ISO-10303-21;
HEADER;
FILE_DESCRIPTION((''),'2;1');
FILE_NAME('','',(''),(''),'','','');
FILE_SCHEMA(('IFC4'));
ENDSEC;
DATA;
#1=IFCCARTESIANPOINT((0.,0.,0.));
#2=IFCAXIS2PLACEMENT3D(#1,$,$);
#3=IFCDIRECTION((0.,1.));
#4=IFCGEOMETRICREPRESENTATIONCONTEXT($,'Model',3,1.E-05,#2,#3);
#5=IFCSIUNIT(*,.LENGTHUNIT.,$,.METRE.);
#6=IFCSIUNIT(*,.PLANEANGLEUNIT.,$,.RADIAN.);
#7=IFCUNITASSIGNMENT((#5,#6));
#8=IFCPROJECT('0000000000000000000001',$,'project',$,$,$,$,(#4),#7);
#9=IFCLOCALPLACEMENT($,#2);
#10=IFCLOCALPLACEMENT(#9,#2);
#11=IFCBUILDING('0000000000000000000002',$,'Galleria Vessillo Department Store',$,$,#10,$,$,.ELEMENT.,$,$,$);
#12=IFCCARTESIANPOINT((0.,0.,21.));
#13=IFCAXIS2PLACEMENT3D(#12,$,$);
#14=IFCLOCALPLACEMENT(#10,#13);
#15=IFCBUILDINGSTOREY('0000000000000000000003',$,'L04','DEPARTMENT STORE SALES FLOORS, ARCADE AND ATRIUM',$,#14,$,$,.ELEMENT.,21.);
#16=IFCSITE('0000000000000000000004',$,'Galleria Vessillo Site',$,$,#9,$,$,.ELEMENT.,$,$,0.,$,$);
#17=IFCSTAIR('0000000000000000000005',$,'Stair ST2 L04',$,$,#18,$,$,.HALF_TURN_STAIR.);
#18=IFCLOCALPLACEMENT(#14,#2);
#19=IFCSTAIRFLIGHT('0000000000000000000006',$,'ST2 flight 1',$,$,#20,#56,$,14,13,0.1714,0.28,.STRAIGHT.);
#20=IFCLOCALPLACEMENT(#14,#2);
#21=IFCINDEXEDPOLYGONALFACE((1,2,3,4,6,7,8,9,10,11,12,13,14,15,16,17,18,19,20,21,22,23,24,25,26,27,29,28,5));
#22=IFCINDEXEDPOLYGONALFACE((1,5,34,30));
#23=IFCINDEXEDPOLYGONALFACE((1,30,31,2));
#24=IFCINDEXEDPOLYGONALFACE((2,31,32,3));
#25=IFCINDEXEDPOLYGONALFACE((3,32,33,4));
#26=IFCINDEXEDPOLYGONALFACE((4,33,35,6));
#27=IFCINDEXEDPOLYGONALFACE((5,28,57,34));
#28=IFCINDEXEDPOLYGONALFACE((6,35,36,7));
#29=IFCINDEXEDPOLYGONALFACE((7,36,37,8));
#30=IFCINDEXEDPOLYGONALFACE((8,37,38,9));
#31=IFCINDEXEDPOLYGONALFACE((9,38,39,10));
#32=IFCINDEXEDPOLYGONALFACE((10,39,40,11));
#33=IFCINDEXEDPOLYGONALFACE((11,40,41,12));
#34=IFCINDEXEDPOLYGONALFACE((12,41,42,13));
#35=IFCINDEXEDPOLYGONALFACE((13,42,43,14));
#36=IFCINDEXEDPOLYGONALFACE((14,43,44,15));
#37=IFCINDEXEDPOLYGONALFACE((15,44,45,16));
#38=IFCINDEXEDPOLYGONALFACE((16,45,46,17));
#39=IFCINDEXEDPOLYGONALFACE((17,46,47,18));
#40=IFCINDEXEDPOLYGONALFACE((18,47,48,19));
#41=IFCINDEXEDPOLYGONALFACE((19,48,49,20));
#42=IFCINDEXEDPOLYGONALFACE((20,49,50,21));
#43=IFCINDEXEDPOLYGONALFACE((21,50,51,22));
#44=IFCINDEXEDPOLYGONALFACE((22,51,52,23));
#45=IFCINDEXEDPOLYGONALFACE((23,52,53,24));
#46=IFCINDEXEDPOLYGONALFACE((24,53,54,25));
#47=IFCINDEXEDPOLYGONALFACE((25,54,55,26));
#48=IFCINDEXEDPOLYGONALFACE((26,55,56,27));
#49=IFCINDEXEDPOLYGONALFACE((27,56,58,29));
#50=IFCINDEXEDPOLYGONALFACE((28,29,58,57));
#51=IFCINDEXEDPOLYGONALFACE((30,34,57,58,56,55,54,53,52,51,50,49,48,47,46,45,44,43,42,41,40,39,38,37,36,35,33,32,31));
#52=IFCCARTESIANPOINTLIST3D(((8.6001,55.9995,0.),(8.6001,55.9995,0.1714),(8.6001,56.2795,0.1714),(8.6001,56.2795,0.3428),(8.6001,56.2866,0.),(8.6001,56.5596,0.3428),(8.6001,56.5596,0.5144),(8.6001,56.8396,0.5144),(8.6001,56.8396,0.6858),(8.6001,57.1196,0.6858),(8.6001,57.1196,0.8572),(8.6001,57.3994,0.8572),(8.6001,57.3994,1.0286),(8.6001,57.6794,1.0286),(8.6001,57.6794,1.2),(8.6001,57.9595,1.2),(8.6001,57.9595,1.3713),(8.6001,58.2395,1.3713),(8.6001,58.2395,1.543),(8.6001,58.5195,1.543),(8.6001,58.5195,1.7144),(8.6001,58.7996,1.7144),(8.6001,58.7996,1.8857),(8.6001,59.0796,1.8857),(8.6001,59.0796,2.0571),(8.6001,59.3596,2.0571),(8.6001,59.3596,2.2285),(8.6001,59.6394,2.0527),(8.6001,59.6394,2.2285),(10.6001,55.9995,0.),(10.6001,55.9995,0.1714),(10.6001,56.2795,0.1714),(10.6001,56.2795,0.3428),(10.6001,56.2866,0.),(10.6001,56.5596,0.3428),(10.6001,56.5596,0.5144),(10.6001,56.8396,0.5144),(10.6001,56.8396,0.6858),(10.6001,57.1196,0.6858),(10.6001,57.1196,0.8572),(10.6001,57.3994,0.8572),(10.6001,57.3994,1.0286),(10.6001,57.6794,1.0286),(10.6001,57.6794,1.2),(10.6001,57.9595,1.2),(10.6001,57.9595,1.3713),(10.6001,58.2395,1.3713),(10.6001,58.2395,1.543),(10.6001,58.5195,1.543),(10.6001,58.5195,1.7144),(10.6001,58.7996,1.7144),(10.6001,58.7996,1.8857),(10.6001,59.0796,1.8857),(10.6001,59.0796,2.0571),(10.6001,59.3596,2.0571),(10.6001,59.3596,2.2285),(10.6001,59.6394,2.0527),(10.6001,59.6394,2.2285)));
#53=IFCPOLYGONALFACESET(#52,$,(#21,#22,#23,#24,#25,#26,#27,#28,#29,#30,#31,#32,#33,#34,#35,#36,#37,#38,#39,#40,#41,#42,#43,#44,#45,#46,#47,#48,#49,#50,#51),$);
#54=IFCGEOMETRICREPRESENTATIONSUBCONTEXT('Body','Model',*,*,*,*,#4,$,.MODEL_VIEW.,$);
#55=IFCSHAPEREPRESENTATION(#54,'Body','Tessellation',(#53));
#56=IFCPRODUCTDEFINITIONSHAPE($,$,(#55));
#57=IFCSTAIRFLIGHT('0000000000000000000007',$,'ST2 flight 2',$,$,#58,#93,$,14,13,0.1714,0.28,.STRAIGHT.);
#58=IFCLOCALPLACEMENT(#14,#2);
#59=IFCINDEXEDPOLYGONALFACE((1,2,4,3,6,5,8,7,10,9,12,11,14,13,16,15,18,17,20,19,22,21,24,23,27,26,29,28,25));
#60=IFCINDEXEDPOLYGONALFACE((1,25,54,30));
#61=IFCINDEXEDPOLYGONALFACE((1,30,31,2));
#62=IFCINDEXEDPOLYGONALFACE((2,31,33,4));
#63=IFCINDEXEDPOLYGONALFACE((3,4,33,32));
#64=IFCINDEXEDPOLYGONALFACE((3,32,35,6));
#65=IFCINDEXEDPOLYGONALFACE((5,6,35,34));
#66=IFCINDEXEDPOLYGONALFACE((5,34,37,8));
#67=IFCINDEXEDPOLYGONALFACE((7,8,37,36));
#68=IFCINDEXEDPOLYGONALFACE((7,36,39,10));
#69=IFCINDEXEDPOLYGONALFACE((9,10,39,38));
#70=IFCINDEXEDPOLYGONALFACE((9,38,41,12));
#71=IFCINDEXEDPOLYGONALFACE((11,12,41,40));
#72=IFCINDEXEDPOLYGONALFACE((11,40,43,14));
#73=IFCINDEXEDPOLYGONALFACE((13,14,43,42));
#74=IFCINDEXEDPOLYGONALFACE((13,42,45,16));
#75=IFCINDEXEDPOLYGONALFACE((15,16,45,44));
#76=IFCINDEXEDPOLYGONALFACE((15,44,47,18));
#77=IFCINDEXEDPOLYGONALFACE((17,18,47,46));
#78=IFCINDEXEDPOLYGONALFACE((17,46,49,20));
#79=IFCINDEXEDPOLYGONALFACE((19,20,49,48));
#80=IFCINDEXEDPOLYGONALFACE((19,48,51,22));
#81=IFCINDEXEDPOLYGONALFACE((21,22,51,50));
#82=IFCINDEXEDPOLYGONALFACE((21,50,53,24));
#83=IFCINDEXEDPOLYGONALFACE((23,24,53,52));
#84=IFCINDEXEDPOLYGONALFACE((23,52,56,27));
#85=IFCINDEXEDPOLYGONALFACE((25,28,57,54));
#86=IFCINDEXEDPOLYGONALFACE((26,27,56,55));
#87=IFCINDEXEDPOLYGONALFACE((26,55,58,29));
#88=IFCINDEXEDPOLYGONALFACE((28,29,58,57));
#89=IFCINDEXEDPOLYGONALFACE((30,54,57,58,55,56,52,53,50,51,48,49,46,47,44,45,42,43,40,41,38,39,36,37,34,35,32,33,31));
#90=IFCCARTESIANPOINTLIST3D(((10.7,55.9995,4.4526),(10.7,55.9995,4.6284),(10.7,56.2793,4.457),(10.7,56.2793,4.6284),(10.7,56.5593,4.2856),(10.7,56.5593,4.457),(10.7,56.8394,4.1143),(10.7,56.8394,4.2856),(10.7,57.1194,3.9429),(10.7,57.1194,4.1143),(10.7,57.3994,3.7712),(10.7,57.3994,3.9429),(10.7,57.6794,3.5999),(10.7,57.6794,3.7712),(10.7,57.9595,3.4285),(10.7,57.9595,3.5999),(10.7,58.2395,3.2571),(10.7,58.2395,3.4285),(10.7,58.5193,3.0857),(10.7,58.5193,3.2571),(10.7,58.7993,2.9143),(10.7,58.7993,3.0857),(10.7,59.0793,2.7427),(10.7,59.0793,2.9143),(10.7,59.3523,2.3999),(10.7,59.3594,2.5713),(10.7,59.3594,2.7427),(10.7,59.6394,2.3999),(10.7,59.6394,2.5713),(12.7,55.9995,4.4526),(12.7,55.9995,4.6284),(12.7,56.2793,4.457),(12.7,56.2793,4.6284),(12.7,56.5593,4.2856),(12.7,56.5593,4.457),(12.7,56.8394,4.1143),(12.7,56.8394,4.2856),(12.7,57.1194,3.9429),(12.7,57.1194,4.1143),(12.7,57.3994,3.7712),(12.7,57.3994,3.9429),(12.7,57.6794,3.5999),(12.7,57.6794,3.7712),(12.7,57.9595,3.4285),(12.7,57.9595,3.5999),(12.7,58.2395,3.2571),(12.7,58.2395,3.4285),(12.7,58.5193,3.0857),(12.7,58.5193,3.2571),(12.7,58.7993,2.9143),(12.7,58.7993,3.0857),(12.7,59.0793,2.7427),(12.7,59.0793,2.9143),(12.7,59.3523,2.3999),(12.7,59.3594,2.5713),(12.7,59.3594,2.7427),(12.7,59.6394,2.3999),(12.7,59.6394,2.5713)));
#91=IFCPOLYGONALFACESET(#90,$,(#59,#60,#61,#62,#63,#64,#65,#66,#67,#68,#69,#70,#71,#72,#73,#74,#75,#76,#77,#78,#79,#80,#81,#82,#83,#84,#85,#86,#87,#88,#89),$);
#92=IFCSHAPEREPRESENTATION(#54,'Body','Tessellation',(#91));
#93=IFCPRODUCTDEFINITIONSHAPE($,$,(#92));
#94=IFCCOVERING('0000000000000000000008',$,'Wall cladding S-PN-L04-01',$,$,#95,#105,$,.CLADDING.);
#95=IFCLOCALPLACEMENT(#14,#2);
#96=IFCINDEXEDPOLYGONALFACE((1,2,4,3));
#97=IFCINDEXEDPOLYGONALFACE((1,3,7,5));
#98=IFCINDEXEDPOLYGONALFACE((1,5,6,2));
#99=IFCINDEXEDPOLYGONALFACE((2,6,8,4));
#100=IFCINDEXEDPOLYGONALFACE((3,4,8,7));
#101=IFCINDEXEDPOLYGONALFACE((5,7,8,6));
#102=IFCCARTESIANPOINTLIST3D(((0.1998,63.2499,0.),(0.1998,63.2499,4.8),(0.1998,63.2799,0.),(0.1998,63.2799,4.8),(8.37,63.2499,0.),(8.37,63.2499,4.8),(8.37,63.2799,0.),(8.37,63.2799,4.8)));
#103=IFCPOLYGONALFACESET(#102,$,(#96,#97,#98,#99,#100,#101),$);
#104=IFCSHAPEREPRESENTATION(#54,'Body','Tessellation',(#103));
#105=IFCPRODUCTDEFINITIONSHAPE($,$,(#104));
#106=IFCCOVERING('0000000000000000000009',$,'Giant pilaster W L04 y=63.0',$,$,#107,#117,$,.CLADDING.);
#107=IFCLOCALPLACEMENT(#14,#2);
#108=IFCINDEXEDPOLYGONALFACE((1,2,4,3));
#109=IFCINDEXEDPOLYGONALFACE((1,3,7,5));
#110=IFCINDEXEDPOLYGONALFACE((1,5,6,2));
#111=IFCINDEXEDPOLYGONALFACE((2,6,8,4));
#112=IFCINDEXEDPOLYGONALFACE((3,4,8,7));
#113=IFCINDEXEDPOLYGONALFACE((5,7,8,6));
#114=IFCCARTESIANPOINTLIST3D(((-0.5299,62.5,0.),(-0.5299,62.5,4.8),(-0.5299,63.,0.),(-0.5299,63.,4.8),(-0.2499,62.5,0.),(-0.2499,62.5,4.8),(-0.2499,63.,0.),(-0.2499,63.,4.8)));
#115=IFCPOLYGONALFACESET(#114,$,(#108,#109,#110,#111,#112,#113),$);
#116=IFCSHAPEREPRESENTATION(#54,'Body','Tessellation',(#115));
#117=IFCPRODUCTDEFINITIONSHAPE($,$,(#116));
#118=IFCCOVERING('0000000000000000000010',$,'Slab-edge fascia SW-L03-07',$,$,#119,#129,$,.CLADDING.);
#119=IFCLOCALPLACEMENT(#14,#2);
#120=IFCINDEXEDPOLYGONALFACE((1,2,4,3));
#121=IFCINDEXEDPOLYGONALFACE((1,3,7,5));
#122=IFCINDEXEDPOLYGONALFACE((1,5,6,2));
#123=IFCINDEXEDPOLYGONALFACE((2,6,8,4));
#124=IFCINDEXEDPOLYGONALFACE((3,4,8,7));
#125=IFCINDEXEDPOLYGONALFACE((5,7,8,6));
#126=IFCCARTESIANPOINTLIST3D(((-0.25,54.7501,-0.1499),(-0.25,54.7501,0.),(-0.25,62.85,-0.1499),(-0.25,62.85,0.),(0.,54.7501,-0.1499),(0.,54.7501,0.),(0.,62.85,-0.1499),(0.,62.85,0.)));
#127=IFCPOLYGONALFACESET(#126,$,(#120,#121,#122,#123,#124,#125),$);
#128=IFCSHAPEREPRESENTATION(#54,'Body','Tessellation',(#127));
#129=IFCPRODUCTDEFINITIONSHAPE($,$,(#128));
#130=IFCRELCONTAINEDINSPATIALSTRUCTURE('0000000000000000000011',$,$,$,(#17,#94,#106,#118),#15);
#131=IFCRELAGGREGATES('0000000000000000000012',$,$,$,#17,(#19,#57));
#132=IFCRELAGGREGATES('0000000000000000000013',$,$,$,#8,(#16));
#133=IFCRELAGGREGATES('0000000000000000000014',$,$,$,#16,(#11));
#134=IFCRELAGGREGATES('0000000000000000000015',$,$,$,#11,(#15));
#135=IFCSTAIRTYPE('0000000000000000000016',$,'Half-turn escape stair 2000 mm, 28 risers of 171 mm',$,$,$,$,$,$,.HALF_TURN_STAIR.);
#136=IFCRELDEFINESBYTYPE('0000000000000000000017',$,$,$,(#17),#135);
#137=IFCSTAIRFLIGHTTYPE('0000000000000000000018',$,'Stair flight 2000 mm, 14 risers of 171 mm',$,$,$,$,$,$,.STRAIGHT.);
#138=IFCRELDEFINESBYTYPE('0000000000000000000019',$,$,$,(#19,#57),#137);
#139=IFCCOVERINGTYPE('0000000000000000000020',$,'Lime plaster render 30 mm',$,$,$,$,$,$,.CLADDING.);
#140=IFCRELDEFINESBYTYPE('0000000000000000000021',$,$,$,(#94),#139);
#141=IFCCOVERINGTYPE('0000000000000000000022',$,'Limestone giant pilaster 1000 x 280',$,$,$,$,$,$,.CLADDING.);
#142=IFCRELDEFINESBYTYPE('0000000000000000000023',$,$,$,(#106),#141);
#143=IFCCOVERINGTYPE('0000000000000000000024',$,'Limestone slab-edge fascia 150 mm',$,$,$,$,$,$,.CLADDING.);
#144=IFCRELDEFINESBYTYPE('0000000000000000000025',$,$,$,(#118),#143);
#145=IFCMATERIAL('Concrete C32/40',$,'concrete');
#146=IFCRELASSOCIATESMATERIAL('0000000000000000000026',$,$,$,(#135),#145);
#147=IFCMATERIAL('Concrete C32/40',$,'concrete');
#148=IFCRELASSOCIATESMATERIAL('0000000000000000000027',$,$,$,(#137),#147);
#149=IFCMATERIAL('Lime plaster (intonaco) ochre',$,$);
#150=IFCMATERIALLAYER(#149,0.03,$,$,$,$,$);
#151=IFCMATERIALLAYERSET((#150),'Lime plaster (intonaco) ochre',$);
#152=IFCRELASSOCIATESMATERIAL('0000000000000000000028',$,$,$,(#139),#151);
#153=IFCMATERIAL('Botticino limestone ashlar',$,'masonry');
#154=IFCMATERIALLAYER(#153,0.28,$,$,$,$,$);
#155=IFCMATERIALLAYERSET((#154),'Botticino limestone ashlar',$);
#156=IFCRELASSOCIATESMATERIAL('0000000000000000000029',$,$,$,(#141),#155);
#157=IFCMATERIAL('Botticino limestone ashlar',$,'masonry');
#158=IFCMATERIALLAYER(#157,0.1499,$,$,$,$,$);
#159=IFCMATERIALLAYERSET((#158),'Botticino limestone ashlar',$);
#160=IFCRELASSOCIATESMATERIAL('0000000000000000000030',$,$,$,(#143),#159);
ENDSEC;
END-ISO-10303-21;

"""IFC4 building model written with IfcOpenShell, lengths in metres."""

from ifc_helpers import new_model, si_unit, direction, frame, origin, origin_2d, place, context, subcontext, project, spatial, polyline, rectangle, outline, extrude, material, layer, layer_set, type_object, element, aggregate, save


model = new_model("IFC4")

# Units and contexts
model_context = context("Model", 3, precision=1e-05, world=origin(), true_north=direction((0.0, 1.0)))
body_context = subcontext(model_context, "Body", "Model", "MODEL_VIEW")
ifc_project = project(units=[si_unit("LENGTHUNIT", "METRE"), si_unit("PLANEANGLEUNIT", "RADIAN")], contexts=[model_context])

# Site, building, storey
site_placement = place(None, origin())
site = spatial("IfcSite", under=ifc_project, at=site_placement, Name="Galleria Vessillo Site", CompositionType="ELEMENT", RefElevation=0.0)
building_placement = place(site_placement, origin())
building = spatial("IfcBuilding", under=site, at=building_placement, Name="Galleria Vessillo Department Store", CompositionType="ELEMENT")
storey_placement = place(building_placement, frame((0.0, 0.0, 21.0)))
storey = spatial("IfcBuildingStorey", under=building, at=storey_placement, Name="L04", Description="DEPARTMENT STORE SALES FLOORS, ARCADE AND ATRIUM", CompositionType="ELEMENT", Elevation=21.0)

# Stair, stair flights
ifc_material_1 = material(Name="Concrete C32/40", Category="concrete")
stair_type = type_object("IfcStairType", Name="Half-turn escape stair 2000 mm, 28 risers of 171 mm", PredefinedType="HALF_TURN_STAIR", material=ifc_material_1)
stair_placement = place(storey_placement, origin())
stair = element("IfcStair", 1, at=stair_placement, inside=storey, type_object=stair_type, Name="Stair ST2 L04", PredefinedType="HALF_TURN_STAIR")
ifc_material_2 = material(Name="Concrete C32/40", Category="concrete")
stair_flight_type = type_object("IfcStairFlightType", Name="Stair flight 2000 mm, 14 risers of 171 mm", PredefinedType="STRAIGHT", material=ifc_material_2)
stair_flight_1_placement = place(storey_placement, frame((9.6001, 55.9995, 0.0), z_axis=(0.0, 0.0, 1.0), x_axis=(0.0, 1.0, 0.0)))
stair_flight_1 = element("IfcStairFlight", 2, at=stair_flight_1_placement, type_object=stair_flight_type, Name="ST2 flight 1", NumberOfRisers=14, NumberOfTreads=13, PredefinedType="STRAIGHT", RiserHeight=0.1714, TreadLength=0.28, context=body_context, shape_type="SweptSolid", body=[
    extrude(outline(polyline([(0.0, 0.0), (0.0, 0.1714), (0.28, 0.1714), (0.28, 0.3428), (0.5601, 0.3428), (0.5601, 0.5144), (0.8401, 0.5144), (0.8401, 0.6858), (1.1201, 0.6858), (1.1201, 0.8572), (1.3999, 0.8572), (1.3999, 1.0286), (1.6799, 1.0286), (1.6799, 1.2), (1.96, 1.2), (1.96, 1.3713), (2.24, 1.3713), (2.24, 1.543), (2.52, 1.543), (2.52, 1.7144), (2.8, 1.7144), (2.8, 1.8857), (3.0801, 1.8857), (3.0801, 2.0571), (3.3601, 2.0571), (3.3601, 2.2285), (3.6399, 2.2285), (3.6399, 2.3999), (3.6399, 2.0527), (0.2871, 0.0), (0.0, 0.0)])), frame((0.0, 1.0, 0.0), z_axis=(0.0, -1.0, 0.0), x_axis=(1.0, 0.0, 0.0)), (0.0, 0.0, 1.0), 2.0),
])
stair_flight_2_placement = place(storey_placement, frame((11.7, 59.6394, 2.3999), z_axis=(0.0, 0.0, 1.0), x_axis=(0.0, -1.0, 0.0)))
stair_flight_2 = element("IfcStairFlight", 3, at=stair_flight_2_placement, type_object=stair_flight_type, Name="ST2 flight 2", NumberOfRisers=14, NumberOfTreads=13, PredefinedType="STRAIGHT", RiserHeight=0.1714, TreadLength=0.28, context=body_context, shape_type="SweptSolid", body=[
    extrude(outline(polyline([(0.0, 0.0), (0.0, 0.1714), (0.28, 0.1714), (0.28, 0.3428), (0.5601, 0.3428), (0.5601, 0.5144), (0.8401, 0.5144), (0.8401, 0.6858), (1.1201, 0.6858), (1.1201, 0.8572), (1.3999, 0.8572), (1.3999, 1.0286), (1.6799, 1.0286), (1.6799, 1.2), (1.96, 1.2), (1.96, 1.3713), (2.24, 1.3713), (2.24, 1.543), (2.52, 1.543), (2.52, 1.7144), (2.8, 1.7144), (2.8, 1.8857), (3.0801, 1.8857), (3.0801, 2.0571), (3.3601, 2.0571), (3.3601, 2.2285), (3.6399, 2.2285), (3.6399, 2.3999), (3.6399, 2.0527), (0.2871, 0.0), (0.0, 0.0)])), frame((0.0, 1.0, 0.0), z_axis=(0.0, -1.0, 0.0), x_axis=(1.0, 0.0, 0.0)), (0.0, 0.0, 1.0), 2.0),
])
aggregate(stair, [stair_flight_1, stair_flight_2])

# Coverings
ifc_material_3 = material(Name="Lime plaster (intonaco) ochre")
ifc_layer_1 = layer(ifc_material_3, 0.03)
ifc_layer_set_1 = layer_set([ifc_layer_1], Name="Lime plaster (intonaco) ochre")
covering_type_1 = type_object("IfcCoveringType", Name="Lime plaster render 30 mm", PredefinedType="CLADDING", material=ifc_layer_set_1)
covering_1_placement = place(storey_placement, frame((4.2849, 63.2649, 0.0), z_axis=(0.0, 0.0, 1.0), x_axis=(1.0, 0.0, 0.0)))
element("IfcCovering", 4, at=covering_1_placement, inside=storey, type_object=covering_type_1, Name="Wall cladding S-PN-L04-01", PredefinedType="CLADDING", context=body_context, shape_type="SweptSolid", body=[
    extrude(rectangle(XDim=8.1702, YDim=0.03, at=origin_2d()), origin(), (0.0, 0.0, 1.0), 4.8),
])
ifc_material_4 = material(Name="Botticino limestone ashlar", Category="masonry")
ifc_layer_2 = layer(ifc_material_4, 0.28)
ifc_layer_set_2 = layer_set([ifc_layer_2], Name="Botticino limestone ashlar")
covering_type_2 = type_object("IfcCoveringType", Name="Limestone giant pilaster 1000 x 280", PredefinedType="CLADDING", material=ifc_layer_set_2)
covering_2_placement = place(storey_placement, frame((-0.3899, 62.75, 0.0), z_axis=(0.0, 0.0, 1.0), x_axis=(1.0, 0.0, 0.0)))
element("IfcCovering", 5, at=covering_2_placement, inside=storey, type_object=covering_type_2, Name="Giant pilaster W L04 y=63.0", PredefinedType="CLADDING", context=body_context, shape_type="SweptSolid", body=[
    extrude(rectangle(XDim=0.28, YDim=0.5, at=origin_2d()), origin(), (0.0, 0.0, 1.0), 4.8),
])
ifc_material_5 = material(Name="Botticino limestone ashlar", Category="masonry")
ifc_layer_3 = layer(ifc_material_5, 0.1499)
ifc_layer_set_3 = layer_set([ifc_layer_3], Name="Botticino limestone ashlar")
covering_type_3 = type_object("IfcCoveringType", Name="Limestone slab-edge fascia 150 mm", PredefinedType="CLADDING", material=ifc_layer_set_3)
covering_3_placement = place(storey_placement, frame((-0.125, 58.8, -0.1499), z_axis=(0.0, 0.0, 1.0), x_axis=(1.0, 0.0, 0.0)))
element("IfcCovering", 6, at=covering_3_placement, inside=storey, type_object=covering_type_3, Name="Slab-edge fascia SW-L03-07", PredefinedType="CLADDING", context=body_context, shape_type="SweptSolid", body=[
    extrude(rectangle(XDim=0.25, YDim=8.0999, at=origin_2d()), origin(), (0.0, 0.0, 1.0), 0.1499),
])

save(model, "model.ifc")
